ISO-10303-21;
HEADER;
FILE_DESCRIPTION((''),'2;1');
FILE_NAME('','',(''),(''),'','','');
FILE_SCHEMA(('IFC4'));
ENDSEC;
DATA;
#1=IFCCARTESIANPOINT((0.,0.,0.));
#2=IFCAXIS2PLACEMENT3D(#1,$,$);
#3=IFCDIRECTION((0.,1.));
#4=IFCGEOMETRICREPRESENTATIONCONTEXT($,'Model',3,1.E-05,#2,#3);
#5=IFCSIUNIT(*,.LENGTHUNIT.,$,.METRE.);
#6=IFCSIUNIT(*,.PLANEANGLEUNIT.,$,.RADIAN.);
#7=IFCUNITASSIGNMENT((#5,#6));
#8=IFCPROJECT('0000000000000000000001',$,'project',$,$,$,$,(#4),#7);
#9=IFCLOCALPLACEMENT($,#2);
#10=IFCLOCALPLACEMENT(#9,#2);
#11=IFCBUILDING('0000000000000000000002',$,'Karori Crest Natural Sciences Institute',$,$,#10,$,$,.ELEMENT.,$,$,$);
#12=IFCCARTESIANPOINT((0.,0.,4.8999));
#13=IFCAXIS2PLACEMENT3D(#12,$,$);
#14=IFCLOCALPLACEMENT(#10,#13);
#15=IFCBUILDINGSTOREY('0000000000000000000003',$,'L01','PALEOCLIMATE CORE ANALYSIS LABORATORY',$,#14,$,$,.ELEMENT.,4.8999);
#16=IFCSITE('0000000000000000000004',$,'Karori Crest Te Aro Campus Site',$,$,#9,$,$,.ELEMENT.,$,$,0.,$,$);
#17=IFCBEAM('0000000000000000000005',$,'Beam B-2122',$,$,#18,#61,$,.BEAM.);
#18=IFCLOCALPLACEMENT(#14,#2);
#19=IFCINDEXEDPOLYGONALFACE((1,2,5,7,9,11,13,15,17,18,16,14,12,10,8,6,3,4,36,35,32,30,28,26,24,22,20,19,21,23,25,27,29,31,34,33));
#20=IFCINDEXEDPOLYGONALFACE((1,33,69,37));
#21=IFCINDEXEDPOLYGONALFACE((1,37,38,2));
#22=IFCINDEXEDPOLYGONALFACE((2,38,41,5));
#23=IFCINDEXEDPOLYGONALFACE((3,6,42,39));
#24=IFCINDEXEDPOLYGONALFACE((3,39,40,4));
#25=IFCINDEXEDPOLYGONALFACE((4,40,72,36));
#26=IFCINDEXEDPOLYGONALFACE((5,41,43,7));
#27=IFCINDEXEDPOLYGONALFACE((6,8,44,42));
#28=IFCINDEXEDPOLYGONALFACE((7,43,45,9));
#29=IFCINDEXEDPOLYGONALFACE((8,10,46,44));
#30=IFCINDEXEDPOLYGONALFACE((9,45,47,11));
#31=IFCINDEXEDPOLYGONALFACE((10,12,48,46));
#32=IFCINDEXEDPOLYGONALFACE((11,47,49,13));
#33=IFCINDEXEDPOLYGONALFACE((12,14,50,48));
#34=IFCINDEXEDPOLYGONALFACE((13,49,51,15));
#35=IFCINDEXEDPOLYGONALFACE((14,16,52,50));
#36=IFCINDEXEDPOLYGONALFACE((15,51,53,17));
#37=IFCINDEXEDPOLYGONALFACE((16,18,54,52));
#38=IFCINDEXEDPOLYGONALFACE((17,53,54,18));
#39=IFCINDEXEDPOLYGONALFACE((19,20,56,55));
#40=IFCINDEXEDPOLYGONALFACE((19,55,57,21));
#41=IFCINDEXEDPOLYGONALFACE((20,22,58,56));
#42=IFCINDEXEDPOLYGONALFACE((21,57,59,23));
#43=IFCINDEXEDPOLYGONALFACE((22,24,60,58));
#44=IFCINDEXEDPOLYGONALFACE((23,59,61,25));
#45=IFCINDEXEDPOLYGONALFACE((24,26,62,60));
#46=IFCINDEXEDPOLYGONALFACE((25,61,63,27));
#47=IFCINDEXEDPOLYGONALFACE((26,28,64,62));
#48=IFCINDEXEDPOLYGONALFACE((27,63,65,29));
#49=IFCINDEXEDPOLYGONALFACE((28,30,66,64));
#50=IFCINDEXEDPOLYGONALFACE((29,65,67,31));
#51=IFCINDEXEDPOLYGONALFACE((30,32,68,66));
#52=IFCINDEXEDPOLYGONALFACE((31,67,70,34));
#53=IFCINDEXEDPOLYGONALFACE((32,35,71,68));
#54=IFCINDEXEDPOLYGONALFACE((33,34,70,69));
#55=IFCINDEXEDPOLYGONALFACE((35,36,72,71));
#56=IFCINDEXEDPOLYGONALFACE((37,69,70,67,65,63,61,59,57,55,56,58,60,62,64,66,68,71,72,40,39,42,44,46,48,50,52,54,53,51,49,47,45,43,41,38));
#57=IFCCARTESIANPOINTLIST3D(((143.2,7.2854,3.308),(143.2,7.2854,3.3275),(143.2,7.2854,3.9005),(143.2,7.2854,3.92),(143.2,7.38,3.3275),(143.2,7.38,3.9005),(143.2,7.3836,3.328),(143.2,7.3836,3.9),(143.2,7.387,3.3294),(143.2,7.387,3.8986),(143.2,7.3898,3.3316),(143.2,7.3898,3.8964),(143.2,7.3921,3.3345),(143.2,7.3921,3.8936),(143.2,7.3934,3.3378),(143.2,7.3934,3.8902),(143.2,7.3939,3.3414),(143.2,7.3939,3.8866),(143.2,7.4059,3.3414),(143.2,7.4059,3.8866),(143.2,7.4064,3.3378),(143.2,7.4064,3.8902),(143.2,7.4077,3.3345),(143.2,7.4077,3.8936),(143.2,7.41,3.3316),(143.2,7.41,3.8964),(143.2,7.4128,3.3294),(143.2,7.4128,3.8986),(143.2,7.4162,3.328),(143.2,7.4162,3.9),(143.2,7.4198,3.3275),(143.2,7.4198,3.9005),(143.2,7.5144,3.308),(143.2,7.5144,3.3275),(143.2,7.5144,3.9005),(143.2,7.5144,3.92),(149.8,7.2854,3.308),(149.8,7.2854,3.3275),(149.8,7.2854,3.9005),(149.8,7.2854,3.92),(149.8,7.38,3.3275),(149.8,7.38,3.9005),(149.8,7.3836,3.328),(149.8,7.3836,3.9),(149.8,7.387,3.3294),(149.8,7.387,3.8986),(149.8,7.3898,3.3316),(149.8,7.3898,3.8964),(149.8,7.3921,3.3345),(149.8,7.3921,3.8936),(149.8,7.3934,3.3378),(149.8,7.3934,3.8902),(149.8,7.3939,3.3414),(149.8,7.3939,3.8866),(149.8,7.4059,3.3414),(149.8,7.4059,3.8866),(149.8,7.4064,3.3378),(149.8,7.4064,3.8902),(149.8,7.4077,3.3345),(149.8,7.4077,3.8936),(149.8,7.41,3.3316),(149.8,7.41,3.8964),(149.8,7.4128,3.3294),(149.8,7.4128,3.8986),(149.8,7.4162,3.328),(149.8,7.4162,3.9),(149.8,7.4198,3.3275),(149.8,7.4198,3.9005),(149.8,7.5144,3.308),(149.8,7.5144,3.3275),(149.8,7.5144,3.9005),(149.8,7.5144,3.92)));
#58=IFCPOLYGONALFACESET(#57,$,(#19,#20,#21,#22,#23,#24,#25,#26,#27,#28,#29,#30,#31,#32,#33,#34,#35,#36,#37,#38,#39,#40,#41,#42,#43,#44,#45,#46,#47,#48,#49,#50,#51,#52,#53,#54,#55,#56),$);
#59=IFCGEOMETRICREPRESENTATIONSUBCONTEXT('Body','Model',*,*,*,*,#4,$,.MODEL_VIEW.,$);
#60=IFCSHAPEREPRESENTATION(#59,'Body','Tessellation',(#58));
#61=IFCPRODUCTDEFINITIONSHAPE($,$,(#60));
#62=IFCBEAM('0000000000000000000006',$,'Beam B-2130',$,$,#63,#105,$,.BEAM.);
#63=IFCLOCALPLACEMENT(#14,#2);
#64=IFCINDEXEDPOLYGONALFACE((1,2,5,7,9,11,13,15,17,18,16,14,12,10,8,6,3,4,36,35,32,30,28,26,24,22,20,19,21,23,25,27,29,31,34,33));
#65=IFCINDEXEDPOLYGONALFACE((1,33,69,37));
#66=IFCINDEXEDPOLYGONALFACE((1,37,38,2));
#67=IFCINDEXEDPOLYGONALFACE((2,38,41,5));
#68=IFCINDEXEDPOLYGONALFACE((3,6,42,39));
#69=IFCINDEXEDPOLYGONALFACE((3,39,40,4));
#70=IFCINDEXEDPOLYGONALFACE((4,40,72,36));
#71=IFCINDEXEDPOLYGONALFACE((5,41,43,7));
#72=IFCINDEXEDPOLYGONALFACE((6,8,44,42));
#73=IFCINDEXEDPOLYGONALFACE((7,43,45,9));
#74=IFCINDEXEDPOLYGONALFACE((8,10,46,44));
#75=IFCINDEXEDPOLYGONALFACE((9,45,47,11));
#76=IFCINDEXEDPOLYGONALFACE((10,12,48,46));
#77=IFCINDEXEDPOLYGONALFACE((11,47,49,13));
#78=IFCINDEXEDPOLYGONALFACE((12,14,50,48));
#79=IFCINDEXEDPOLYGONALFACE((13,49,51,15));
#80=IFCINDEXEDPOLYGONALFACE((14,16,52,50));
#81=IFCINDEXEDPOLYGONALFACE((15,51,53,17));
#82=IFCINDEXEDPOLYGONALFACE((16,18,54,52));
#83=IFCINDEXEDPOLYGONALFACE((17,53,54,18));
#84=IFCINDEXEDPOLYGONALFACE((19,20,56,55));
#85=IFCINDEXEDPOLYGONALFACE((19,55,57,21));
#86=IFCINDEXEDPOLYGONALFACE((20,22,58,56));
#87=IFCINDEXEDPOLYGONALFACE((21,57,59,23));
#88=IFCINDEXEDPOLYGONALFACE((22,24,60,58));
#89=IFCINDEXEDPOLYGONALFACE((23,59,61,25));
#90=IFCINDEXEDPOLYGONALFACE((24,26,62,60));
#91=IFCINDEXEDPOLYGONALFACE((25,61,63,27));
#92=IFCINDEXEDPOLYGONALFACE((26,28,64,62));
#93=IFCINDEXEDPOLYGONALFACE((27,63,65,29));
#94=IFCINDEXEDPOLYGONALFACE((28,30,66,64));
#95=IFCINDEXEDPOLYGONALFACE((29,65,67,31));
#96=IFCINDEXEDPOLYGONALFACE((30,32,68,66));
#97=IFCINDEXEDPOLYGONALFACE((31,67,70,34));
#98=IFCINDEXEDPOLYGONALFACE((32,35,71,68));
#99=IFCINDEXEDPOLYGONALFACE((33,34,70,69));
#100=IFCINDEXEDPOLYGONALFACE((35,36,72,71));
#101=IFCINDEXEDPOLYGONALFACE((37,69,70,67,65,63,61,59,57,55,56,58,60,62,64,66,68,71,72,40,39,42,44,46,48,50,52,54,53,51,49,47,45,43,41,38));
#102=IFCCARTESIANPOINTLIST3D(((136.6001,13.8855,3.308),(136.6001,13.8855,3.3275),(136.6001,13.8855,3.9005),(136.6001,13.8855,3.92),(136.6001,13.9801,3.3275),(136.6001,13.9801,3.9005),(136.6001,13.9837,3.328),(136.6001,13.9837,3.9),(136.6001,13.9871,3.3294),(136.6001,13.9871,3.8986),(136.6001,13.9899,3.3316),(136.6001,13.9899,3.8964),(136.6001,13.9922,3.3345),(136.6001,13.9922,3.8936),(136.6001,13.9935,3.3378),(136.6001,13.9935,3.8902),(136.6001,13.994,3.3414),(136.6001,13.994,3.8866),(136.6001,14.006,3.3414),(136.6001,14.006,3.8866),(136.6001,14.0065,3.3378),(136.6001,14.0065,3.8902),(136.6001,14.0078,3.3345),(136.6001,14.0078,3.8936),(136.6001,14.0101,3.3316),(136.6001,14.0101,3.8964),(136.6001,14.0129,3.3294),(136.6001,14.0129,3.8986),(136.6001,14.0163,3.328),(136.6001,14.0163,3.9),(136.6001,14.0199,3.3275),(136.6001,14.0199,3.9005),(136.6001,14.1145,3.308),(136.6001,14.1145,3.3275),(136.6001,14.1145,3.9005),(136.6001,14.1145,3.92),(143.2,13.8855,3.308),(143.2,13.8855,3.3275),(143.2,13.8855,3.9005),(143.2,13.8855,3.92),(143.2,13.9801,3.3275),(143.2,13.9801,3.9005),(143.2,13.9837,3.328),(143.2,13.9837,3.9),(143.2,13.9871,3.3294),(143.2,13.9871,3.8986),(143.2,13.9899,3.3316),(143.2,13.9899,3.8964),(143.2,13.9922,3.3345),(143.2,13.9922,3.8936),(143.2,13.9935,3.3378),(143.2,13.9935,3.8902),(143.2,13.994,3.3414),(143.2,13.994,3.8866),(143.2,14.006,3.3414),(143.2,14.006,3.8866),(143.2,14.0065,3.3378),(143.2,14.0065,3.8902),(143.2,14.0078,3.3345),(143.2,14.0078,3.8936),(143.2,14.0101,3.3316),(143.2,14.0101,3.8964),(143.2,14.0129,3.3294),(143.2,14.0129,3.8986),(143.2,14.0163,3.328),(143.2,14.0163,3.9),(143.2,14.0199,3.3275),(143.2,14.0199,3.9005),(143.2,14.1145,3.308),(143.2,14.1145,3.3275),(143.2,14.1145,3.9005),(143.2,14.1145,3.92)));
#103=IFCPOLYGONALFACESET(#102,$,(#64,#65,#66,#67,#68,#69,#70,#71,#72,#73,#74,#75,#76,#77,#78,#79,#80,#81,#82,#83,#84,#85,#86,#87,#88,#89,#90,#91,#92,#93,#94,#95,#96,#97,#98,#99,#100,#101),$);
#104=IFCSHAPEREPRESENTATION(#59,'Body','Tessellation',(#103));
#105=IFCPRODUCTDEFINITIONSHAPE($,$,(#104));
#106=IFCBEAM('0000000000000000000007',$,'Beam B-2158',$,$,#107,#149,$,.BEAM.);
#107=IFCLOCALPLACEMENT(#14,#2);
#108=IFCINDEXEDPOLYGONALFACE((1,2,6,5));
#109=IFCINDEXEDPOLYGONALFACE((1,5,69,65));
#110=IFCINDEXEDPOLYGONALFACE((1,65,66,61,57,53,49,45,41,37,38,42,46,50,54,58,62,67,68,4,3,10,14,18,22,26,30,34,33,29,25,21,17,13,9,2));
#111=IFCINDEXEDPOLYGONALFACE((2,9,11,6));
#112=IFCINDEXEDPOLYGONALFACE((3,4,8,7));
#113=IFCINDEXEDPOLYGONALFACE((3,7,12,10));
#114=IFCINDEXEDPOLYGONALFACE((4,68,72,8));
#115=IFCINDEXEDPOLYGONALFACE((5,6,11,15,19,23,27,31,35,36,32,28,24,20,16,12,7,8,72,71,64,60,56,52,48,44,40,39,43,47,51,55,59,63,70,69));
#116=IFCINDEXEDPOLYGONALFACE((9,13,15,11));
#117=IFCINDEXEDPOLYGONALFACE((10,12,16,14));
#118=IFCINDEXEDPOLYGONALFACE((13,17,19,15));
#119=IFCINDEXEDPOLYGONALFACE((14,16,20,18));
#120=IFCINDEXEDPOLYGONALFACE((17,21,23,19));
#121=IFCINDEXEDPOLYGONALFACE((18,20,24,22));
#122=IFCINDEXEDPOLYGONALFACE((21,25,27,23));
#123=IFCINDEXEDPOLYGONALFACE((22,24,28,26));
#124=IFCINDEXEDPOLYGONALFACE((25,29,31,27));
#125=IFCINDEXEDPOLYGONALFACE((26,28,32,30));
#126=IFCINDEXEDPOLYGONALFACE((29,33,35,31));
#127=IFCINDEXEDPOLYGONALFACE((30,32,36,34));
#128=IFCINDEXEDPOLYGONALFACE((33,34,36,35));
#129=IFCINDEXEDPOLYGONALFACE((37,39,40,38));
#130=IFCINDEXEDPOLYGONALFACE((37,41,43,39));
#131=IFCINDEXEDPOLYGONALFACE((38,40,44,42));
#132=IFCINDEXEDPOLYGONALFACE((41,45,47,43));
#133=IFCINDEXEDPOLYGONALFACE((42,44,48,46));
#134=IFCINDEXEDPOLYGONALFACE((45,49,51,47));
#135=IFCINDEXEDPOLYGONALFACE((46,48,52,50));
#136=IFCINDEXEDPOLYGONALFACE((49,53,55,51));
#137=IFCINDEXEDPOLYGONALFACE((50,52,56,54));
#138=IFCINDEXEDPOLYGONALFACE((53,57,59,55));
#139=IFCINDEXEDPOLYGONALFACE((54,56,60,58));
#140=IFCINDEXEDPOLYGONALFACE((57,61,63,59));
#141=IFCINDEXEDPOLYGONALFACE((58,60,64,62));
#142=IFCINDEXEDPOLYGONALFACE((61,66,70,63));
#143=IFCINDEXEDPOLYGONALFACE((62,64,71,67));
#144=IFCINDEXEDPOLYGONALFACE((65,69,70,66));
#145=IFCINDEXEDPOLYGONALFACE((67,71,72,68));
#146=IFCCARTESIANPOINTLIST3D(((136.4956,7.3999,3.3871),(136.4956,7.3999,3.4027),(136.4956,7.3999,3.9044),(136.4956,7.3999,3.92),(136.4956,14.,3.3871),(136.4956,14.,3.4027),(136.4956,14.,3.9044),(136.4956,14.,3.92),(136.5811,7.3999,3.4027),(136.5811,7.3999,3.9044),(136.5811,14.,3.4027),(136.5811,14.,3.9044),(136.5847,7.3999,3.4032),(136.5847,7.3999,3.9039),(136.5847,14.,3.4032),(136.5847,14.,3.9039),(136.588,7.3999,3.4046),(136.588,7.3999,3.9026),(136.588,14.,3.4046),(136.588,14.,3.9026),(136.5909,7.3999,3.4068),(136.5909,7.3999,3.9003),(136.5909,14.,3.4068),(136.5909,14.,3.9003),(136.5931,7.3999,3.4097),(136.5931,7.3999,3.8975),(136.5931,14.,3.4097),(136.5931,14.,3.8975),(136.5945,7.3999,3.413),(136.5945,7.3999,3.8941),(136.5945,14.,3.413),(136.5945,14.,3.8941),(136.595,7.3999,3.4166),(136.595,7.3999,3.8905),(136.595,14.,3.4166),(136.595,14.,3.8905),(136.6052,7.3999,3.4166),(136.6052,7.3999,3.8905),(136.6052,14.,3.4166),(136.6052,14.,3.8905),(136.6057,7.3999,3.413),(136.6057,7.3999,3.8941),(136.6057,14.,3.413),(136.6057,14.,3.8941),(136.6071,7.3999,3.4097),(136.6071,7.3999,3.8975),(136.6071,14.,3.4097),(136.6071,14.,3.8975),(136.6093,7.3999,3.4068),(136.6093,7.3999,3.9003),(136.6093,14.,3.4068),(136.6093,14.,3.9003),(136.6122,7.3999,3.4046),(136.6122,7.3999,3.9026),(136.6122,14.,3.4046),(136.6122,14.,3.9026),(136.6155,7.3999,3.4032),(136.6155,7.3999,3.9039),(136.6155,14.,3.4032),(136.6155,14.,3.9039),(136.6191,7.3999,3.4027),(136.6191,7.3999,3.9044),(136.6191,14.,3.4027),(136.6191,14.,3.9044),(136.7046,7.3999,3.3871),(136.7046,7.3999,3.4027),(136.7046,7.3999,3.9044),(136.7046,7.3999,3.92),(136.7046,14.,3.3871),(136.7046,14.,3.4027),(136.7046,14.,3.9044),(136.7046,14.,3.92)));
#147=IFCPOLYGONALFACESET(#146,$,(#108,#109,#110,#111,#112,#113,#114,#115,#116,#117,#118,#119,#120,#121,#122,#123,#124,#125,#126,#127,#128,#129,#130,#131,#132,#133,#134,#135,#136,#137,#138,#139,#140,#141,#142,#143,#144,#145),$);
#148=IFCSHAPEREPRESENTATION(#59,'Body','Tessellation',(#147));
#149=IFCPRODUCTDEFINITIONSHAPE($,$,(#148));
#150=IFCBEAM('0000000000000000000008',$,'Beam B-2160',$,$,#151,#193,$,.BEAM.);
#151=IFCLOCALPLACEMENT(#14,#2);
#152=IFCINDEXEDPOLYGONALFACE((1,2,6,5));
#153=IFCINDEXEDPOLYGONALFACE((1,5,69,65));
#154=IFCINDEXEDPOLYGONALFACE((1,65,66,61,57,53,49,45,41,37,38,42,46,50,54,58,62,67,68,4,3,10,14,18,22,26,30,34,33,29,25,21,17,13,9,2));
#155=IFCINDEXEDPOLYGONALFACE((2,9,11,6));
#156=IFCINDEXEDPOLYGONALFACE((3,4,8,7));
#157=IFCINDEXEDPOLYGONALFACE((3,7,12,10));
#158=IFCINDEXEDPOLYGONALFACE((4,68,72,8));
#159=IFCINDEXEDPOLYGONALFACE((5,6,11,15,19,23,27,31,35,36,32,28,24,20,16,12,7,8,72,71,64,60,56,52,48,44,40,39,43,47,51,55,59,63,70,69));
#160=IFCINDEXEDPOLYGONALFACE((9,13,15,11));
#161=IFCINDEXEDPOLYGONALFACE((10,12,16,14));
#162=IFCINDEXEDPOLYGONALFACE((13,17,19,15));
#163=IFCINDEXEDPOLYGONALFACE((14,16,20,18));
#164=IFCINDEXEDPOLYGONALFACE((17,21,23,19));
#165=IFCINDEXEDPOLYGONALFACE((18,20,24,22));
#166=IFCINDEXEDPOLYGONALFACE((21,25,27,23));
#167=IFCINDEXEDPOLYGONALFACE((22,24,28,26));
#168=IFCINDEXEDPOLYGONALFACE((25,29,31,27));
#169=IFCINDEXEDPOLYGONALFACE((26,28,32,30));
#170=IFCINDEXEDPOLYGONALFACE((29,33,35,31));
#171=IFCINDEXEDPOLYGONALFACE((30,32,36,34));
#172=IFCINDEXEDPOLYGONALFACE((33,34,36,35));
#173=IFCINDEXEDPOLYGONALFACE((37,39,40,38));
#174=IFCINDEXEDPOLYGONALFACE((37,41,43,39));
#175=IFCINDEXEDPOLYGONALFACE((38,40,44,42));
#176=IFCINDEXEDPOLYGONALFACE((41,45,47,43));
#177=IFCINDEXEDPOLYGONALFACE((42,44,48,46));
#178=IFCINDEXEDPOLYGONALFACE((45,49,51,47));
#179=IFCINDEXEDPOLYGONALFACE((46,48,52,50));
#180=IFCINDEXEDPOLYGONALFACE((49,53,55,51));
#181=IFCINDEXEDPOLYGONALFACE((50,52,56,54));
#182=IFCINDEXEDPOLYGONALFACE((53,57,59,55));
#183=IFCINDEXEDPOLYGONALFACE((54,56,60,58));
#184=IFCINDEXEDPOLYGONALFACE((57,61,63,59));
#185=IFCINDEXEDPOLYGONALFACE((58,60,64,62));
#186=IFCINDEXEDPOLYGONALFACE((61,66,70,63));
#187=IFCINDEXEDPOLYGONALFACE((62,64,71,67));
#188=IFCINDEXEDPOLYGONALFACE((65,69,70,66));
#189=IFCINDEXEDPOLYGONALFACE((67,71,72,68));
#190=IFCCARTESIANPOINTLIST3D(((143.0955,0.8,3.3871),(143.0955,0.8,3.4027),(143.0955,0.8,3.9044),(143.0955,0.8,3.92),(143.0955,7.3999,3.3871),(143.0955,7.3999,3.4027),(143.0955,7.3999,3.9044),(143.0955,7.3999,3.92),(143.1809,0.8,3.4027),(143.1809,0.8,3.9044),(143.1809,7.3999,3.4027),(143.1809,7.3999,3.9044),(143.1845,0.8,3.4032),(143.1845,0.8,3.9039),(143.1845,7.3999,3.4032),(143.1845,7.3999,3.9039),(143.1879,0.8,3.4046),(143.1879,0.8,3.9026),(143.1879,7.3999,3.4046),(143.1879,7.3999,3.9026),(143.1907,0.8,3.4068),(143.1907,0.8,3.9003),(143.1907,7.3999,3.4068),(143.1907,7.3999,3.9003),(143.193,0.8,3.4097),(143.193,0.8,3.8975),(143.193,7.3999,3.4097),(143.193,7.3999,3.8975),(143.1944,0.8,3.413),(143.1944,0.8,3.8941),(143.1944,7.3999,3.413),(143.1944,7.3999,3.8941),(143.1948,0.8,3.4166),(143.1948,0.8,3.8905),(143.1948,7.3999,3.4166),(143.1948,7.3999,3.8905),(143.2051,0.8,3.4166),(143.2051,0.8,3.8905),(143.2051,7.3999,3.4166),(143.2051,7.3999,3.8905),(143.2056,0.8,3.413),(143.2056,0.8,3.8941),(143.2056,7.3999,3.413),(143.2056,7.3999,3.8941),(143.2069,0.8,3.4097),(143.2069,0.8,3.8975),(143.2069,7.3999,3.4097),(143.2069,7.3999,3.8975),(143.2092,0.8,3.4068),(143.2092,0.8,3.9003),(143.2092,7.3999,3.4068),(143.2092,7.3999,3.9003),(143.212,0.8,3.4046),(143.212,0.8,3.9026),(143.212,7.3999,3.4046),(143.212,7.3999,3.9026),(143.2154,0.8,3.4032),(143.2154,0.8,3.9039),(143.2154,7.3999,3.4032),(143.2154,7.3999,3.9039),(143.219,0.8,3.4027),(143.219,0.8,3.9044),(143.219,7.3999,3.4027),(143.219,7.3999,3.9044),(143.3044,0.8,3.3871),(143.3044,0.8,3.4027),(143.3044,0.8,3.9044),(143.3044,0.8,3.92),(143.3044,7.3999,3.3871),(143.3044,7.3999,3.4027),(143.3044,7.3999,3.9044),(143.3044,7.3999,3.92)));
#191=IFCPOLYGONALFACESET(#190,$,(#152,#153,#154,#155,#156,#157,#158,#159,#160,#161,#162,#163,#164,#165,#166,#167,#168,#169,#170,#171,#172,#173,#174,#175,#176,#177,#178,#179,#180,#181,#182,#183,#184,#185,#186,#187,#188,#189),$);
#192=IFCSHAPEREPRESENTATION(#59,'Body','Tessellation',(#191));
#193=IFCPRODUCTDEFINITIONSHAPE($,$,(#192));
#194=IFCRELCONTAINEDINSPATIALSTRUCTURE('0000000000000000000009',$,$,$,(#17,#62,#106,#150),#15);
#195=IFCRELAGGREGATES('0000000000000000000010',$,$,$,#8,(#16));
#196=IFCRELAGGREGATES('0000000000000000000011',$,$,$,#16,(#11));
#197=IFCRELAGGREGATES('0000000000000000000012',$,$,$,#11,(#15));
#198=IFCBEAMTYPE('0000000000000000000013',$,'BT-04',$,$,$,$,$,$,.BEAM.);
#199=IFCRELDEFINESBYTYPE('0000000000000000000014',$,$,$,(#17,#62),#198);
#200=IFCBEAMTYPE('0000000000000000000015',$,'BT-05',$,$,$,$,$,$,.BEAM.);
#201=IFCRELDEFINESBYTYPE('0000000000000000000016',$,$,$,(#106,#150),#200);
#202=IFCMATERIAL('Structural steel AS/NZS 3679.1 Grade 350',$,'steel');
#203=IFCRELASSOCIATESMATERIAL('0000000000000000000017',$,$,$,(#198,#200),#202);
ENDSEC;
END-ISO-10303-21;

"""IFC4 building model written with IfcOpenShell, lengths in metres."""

from ifc_helpers import new_model, si_unit, direction, frame, origin, origin_2d, place, context, subcontext, project, spatial, i_section, extrude, material, material_profile, profile_set, type_object, element, save


model = new_model("IFC4")

# Units and contexts
model_context = context("Model", 3, precision=1e-05, world=origin(), true_north=direction((0.0, 1.0)))
body_context = subcontext(model_context, "Body", "Model", "MODEL_VIEW")
ifc_project = project(units=[si_unit("LENGTHUNIT", "METRE"), si_unit("PLANEANGLEUNIT", "RADIAN")], contexts=[model_context])

# Site, building, storey
site_placement = place(None, origin())
site = spatial("IfcSite", under=ifc_project, at=site_placement, Name="Karori Crest Te Aro Campus Site", CompositionType="ELEMENT", RefElevation=0.0)
building_placement = place(site_placement, origin())
building = spatial("IfcBuilding", under=site, at=building_placement, Name="Karori Crest Natural Sciences Institute", CompositionType="ELEMENT")
storey_placement = place(building_placement, frame((0.0, 0.0, 4.8999)))
storey = spatial("IfcBuildingStorey", under=building, at=storey_placement, Name="L01", Description="PALEOCLIMATE CORE ANALYSIS LABORATORY", CompositionType="ELEMENT", Elevation=4.8999)

# Shared definitions
ifc_material_1 = material(Name="Structural steel AS/NZS 3679.1 Grade 350", Category="steel")

# Beams
ifc_material_profile_1 = material_profile(ifc_material_1, i_section(OverallWidth=0.229, OverallDepth=0.6121, WebThickness=0.012, FlangeThickness=0.0195, FilletRadius=0.0139, at=origin_2d()), Name="610UB125")
ifc_profile_set_1 = profile_set([ifc_material_profile_1], Name="Structural steel AS/NZS 3679.1 Grade 350")
beam_type_1 = type_object("IfcBeamType", Name="BT-04", PredefinedType="BEAM", material=ifc_profile_set_1)
beam_1_placement = place(storey_placement, frame((143.2, 7.3999, 3.614), z_axis=(1.0, 0.0, 0.0), x_axis=(0.0, 1.0, 0.0)))
element("IfcBeam", 1, at=beam_1_placement, inside=storey, type_object=beam_type_1, Name="Beam B-2122", PredefinedType="BEAM", context=body_context, shape_type="SweptSolid", body=[
    extrude(i_section(OverallWidth=0.229, OverallDepth=0.6121, WebThickness=0.012, FlangeThickness=0.0195, FilletRadius=0.0139, at=origin_2d()), origin(), (0.0, 0.0, 1.0), 6.6001),
])
beam_2_placement = place(storey_placement, frame((136.6001, 14.0, 3.614), z_axis=(1.0, 0.0, 0.0), x_axis=(0.0, 1.0, 0.0)))
element("IfcBeam", 2, at=beam_2_placement, inside=storey, type_object=beam_type_1, Name="Beam B-2130", PredefinedType="BEAM", context=body_context, shape_type="SweptSolid", body=[
    extrude(i_section(OverallWidth=0.229, OverallDepth=0.6121, WebThickness=0.012, FlangeThickness=0.0195, FilletRadius=0.0139, at=origin_2d()), origin(), (0.0, 0.0, 1.0), 6.5999),
])
ifc_material_profile_2 = material_profile(ifc_material_1, i_section(OverallWidth=0.209, OverallDepth=0.533, WebThickness=0.0103, FlangeThickness=0.0156, FilletRadius=0.0139, at=origin_2d()), Name="530UB92.4")
ifc_profile_set_2 = profile_set([ifc_material_profile_2], Name="Structural steel AS/NZS 3679.1 Grade 350")
beam_type_2 = type_object("IfcBeamType", Name="BT-05", PredefinedType="BEAM", material=ifc_profile_set_2)
beam_3_placement = place(storey_placement, frame((136.6001, 7.3999, 3.6536), z_axis=(0.0, 1.0, 0.0), x_axis=(-1.0, 0.0, 0.0)))
element("IfcBeam", 3, at=beam_3_placement, inside=storey, type_object=beam_type_2, Name="Beam B-2158", PredefinedType="BEAM", context=body_context, shape_type="SweptSolid", body=[
    extrude(i_section(OverallWidth=0.209, OverallDepth=0.533, WebThickness=0.0103, FlangeThickness=0.0156, FilletRadius=0.0139, at=origin_2d()), origin(), (0.0, 0.0, 1.0), 6.6001),
])
beam_4_placement = place(storey_placement, frame((143.2, 0.8, 3.6536), z_axis=(0.0, 1.0, 0.0), x_axis=(-1.0, 0.0, 0.0)))
element("IfcBeam", 4, at=beam_4_placement, inside=storey, type_object=beam_type_2, Name="Beam B-2160", PredefinedType="BEAM", context=body_context, shape_type="SweptSolid", body=[
    extrude(i_section(OverallWidth=0.209, OverallDepth=0.533, WebThickness=0.0103, FlangeThickness=0.0156, FilletRadius=0.0139, at=origin_2d()), origin(), (0.0, 0.0, 1.0), 6.5999),
])

save(model, "model.ifc")
